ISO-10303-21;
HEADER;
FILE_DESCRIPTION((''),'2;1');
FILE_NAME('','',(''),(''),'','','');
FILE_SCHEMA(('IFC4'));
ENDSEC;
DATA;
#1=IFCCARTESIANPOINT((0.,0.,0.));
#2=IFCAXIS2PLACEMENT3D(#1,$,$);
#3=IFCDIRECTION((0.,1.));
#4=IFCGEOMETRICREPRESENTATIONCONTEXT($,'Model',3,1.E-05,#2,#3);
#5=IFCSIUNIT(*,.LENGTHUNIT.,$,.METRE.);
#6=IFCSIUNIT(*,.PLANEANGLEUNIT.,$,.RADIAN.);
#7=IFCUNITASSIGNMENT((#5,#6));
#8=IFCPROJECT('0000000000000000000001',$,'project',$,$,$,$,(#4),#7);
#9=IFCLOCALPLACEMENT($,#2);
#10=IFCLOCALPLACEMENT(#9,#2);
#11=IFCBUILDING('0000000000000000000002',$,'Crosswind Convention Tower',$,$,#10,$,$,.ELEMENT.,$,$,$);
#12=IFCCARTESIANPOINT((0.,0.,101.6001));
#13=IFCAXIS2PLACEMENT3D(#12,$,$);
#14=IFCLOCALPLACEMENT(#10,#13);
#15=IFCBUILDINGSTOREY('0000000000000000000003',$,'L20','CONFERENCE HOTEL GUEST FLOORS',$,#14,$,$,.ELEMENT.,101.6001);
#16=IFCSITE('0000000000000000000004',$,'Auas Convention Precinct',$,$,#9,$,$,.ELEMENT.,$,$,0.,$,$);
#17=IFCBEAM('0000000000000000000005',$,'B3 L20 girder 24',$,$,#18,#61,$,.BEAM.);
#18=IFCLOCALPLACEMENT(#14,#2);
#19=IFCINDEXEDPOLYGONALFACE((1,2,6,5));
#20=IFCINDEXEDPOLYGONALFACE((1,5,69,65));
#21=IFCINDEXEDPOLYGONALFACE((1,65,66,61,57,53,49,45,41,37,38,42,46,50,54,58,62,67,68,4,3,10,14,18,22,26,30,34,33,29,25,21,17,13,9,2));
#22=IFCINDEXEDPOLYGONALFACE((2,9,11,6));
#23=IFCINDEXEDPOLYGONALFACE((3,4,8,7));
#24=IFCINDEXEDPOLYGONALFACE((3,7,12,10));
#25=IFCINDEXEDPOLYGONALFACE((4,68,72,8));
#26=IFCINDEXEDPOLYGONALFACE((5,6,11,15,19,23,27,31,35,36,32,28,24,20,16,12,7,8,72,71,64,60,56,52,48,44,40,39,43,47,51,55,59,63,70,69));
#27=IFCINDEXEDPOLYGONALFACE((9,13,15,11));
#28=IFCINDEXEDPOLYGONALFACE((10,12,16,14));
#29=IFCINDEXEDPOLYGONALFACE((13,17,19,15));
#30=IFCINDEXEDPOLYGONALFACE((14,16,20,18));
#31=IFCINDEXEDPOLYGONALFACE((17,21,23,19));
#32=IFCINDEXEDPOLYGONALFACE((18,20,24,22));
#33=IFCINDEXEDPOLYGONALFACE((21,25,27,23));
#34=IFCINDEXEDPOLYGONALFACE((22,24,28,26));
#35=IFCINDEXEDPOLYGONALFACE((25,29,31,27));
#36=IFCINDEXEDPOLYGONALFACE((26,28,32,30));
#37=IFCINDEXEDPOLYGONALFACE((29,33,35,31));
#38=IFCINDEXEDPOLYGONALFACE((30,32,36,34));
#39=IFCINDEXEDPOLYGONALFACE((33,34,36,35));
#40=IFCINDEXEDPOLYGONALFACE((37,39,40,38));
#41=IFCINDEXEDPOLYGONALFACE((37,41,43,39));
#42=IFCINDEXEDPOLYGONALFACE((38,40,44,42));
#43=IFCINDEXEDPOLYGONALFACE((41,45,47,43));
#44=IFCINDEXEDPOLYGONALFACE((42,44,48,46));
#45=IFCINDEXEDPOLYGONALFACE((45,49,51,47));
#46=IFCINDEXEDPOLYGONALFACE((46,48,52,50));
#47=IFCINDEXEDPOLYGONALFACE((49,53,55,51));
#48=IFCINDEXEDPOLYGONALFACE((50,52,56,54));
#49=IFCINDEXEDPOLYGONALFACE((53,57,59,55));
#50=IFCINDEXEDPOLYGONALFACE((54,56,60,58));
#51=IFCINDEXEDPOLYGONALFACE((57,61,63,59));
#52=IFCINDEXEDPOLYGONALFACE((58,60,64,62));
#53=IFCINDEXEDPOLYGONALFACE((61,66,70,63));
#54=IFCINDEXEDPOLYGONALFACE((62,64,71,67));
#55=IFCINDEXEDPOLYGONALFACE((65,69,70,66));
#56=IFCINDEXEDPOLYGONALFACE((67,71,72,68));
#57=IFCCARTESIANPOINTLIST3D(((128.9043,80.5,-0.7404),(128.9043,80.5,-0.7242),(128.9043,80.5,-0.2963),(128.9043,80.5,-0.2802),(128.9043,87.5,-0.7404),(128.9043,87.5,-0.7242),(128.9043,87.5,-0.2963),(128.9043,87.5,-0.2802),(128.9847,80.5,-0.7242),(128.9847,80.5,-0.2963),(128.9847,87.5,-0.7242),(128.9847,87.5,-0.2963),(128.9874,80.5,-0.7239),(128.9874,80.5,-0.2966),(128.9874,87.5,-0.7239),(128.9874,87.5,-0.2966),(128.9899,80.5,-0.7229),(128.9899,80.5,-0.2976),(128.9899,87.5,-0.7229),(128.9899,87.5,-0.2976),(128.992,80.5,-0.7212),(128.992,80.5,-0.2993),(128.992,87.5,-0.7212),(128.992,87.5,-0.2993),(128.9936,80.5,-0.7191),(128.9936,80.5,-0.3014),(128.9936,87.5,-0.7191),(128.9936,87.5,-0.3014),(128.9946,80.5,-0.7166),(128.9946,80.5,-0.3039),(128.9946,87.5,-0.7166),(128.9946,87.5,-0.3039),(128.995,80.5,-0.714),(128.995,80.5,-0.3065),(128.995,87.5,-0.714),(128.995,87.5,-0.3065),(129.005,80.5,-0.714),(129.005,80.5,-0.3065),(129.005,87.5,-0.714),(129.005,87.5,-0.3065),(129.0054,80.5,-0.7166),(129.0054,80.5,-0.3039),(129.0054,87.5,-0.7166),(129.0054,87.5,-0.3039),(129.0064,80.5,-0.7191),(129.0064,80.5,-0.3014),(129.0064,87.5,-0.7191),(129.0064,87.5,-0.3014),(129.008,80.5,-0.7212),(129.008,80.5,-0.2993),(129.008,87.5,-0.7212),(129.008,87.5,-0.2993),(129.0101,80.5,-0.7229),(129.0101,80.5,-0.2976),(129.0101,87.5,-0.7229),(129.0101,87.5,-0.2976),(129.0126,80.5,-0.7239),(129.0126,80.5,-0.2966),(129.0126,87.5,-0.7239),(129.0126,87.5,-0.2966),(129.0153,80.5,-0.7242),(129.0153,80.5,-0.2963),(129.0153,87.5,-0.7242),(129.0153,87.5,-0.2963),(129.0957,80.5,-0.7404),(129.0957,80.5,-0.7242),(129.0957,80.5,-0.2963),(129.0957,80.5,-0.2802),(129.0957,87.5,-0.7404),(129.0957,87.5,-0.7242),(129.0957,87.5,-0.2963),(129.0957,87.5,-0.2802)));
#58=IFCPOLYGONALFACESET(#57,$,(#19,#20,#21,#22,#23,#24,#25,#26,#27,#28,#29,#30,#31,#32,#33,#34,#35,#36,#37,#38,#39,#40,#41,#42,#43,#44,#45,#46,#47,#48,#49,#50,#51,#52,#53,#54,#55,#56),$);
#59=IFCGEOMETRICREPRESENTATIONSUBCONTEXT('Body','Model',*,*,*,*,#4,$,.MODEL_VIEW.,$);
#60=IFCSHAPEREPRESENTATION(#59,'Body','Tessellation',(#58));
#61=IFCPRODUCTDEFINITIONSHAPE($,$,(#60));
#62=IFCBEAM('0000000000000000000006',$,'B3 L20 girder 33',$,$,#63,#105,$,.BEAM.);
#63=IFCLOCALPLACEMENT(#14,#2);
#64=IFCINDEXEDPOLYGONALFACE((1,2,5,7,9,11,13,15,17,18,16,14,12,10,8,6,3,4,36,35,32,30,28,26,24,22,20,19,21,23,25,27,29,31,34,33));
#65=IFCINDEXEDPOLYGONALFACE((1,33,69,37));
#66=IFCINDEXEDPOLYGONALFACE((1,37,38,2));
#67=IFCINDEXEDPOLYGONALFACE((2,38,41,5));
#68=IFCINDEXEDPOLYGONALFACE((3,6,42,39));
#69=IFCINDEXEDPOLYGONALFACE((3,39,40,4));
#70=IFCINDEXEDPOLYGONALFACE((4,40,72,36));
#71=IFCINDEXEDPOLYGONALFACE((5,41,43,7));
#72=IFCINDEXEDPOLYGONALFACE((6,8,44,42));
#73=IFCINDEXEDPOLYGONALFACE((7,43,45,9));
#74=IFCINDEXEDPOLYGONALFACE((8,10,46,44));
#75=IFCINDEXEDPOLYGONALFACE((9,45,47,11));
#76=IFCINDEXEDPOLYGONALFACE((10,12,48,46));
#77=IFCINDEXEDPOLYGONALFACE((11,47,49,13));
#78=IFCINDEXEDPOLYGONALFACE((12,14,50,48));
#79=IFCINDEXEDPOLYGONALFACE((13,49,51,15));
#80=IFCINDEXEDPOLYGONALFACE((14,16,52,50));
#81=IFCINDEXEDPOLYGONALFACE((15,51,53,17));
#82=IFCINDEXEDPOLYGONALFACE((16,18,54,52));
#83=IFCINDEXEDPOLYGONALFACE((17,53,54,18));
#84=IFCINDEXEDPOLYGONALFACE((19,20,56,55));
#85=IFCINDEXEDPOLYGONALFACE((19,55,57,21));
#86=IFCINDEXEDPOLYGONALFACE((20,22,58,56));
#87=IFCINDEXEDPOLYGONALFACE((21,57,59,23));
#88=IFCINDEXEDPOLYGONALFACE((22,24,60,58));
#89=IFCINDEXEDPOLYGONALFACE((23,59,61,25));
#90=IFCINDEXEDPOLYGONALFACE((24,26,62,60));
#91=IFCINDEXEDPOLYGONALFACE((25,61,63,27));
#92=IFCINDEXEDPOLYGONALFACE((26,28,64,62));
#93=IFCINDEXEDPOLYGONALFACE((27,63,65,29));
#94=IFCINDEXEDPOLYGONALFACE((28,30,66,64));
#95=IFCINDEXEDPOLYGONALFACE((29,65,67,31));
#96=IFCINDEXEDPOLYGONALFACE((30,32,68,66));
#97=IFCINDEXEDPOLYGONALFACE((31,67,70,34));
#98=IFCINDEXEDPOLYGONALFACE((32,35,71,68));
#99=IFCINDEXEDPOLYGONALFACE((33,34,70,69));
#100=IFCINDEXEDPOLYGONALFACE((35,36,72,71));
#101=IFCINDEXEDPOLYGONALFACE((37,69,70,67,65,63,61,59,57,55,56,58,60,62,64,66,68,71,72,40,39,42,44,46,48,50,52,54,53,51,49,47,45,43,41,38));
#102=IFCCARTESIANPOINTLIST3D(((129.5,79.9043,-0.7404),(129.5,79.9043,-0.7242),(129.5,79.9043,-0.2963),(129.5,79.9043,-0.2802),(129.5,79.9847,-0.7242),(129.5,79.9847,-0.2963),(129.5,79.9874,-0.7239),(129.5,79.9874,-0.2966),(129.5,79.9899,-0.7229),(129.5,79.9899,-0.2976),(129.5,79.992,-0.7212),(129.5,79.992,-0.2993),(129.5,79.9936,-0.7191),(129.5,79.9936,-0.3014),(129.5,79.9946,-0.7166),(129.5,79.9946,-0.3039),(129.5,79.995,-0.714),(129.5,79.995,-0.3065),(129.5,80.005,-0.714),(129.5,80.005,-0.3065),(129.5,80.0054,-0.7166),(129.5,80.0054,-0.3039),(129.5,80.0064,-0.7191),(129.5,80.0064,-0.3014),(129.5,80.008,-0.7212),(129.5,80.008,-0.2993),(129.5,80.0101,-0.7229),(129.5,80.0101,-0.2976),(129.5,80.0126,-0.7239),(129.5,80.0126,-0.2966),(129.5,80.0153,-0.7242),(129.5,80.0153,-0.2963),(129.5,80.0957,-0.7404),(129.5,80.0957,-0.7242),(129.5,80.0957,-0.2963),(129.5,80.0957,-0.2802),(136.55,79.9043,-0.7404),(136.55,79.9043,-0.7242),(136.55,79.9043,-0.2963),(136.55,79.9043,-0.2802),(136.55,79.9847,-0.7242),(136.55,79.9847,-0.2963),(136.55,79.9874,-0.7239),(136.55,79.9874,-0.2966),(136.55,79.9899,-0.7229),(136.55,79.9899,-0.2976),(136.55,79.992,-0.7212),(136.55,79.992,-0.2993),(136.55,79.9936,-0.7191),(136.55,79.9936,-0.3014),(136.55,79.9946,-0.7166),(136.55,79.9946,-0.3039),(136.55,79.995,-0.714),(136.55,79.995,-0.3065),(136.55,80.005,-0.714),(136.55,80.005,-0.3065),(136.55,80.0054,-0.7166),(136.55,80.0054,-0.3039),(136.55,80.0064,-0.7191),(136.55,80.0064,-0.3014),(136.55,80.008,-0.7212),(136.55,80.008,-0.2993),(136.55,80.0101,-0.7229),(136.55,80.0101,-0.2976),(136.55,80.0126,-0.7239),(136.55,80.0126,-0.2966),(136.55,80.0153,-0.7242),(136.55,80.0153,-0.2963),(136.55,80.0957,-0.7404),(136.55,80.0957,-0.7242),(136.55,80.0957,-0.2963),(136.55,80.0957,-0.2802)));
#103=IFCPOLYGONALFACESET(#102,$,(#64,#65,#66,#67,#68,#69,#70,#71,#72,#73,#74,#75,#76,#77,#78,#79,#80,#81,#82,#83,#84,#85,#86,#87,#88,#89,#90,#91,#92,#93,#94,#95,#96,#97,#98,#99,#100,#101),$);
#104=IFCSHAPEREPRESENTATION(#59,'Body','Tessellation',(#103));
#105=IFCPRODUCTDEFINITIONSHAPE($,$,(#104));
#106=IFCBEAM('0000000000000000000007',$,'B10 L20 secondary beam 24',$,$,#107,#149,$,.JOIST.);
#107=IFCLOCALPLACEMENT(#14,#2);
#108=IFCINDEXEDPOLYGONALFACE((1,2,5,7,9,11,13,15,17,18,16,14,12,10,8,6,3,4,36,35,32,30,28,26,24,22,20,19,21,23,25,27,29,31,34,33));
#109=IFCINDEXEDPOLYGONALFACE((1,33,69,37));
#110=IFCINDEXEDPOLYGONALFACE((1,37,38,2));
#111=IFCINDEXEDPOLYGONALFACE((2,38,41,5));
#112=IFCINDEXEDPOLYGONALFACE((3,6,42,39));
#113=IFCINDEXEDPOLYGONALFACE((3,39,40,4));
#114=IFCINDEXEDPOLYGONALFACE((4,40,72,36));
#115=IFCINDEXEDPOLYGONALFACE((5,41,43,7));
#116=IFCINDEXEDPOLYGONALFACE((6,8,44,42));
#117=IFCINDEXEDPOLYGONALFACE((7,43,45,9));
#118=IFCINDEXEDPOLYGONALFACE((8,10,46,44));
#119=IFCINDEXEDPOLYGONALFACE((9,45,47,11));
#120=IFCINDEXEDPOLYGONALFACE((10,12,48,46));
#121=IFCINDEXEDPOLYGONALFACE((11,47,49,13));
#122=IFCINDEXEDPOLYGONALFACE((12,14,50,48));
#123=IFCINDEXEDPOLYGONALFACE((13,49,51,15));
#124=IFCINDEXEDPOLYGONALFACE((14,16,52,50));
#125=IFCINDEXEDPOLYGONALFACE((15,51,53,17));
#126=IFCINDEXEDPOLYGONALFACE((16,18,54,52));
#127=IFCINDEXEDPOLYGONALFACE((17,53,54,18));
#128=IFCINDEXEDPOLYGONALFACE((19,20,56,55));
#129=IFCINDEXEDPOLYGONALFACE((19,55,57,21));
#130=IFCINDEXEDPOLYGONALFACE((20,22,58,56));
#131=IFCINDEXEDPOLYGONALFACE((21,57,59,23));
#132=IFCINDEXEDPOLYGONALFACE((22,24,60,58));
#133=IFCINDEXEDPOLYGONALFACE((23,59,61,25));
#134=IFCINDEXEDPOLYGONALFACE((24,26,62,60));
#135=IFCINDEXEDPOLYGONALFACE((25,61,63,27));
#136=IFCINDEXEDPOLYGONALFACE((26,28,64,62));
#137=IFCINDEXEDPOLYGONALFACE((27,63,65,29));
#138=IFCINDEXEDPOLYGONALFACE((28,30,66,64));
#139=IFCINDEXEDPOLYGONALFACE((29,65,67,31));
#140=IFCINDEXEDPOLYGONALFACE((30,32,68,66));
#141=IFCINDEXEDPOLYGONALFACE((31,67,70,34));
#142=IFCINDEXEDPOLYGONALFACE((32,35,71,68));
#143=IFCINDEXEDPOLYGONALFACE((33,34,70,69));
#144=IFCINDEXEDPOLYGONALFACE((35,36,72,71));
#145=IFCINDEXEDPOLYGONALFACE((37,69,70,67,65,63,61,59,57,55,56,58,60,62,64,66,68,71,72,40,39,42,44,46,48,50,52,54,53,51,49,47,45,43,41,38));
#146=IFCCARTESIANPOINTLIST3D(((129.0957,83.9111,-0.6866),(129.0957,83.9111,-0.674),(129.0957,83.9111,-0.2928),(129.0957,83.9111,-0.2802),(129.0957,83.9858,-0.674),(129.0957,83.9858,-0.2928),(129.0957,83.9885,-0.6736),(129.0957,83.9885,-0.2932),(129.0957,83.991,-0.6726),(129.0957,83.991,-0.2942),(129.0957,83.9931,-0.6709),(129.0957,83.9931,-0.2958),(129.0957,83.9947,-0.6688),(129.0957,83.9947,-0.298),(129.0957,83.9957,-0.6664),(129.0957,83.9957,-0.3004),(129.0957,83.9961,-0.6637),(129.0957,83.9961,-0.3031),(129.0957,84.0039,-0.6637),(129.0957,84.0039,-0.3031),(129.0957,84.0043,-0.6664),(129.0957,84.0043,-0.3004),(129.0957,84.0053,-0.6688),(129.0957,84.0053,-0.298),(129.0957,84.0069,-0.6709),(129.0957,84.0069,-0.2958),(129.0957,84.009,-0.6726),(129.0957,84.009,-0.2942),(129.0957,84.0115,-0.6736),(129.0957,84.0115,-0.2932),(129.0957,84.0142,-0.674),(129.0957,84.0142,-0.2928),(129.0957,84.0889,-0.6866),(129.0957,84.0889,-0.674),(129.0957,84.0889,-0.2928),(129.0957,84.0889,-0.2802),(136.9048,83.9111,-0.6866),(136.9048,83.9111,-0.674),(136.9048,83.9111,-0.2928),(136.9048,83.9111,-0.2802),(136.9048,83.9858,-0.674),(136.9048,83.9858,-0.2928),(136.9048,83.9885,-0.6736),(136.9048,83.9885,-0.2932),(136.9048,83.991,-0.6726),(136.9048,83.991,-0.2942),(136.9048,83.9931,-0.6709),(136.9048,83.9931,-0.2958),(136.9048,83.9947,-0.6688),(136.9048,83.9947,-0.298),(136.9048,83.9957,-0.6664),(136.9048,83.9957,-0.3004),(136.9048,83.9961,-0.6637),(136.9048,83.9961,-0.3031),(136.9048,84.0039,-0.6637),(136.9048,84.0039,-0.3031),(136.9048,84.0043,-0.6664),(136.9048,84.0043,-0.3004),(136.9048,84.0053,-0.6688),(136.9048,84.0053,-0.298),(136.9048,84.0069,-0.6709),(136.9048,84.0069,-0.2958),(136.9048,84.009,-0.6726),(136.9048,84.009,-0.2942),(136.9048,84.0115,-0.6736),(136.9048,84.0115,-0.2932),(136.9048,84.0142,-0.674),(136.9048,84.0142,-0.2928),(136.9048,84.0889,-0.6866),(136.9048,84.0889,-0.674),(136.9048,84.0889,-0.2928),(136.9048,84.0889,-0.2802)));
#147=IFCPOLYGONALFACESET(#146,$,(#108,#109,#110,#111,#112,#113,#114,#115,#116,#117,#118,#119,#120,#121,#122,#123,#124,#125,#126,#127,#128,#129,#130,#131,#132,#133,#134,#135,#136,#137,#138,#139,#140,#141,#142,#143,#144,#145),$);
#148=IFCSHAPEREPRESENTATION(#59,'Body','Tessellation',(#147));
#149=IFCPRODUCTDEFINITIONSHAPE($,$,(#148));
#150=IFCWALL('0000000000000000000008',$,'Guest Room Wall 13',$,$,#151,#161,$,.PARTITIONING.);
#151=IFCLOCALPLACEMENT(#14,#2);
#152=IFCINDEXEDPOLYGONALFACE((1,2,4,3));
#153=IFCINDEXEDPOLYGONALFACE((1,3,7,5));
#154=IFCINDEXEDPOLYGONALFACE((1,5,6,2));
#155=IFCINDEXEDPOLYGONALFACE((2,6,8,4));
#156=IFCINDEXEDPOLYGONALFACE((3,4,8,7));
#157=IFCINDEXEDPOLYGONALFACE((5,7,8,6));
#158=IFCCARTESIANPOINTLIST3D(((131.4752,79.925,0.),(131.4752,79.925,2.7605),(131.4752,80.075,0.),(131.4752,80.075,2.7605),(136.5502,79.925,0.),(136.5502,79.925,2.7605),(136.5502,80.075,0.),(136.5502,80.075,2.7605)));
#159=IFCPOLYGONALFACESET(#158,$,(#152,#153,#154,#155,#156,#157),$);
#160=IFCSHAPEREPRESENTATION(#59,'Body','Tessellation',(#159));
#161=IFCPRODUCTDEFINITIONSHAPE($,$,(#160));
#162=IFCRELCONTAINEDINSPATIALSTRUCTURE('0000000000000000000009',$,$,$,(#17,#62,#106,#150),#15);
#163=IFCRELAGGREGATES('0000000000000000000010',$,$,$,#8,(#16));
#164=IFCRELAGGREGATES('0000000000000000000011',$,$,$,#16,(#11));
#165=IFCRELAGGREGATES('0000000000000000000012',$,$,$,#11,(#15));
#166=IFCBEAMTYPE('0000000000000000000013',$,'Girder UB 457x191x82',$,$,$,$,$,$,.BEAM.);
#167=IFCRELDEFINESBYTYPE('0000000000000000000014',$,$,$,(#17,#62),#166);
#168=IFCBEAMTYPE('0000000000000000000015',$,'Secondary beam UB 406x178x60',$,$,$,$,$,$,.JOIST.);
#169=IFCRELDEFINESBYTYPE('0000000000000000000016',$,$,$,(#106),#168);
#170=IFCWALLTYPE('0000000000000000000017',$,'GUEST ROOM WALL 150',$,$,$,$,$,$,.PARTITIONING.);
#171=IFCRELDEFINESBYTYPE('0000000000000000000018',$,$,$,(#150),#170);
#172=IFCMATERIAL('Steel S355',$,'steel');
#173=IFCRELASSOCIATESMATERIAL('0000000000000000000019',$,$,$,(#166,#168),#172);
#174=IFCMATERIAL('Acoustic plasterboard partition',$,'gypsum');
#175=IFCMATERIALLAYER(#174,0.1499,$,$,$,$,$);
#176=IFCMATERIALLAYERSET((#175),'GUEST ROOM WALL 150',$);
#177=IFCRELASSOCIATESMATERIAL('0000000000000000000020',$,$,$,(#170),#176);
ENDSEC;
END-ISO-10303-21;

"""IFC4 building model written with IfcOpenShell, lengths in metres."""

from ifc_helpers import new_model, si_unit, direction, frame, frame_2d, origin, origin_2d, place, context, subcontext, project, spatial, rectangle, i_section, extrude, material, layer, layer_set, material_profile, profile_set, type_object, element, save


model = new_model("IFC4")

# Units and contexts
model_context = context("Model", 3, precision=1e-05, world=origin(), true_north=direction((0.0, 1.0)))
body_context = subcontext(model_context, "Body", "Model", "MODEL_VIEW")
ifc_project = project(units=[si_unit("LENGTHUNIT", "METRE"), si_unit("PLANEANGLEUNIT", "RADIAN")], contexts=[model_context])

# Site, building, storey
site_placement = place(None, origin())
site = spatial("IfcSite", under=ifc_project, at=site_placement, Name="Auas Convention Precinct", CompositionType="ELEMENT", RefElevation=0.0)
building_placement = place(site_placement, origin())
building = spatial("IfcBuilding", under=site, at=building_placement, Name="Crosswind Convention Tower", CompositionType="ELEMENT")
storey_placement = place(building_placement, frame((0.0, 0.0, 101.6001)))
storey = spatial("IfcBuildingStorey", under=building, at=storey_placement, Name="L20", Description="CONFERENCE HOTEL GUEST FLOORS", CompositionType="ELEMENT", Elevation=101.6001)

# Beams
ifc_material_1 = material(Name="Steel S355", Category="steel")
ifc_material_profile_1 = material_profile(ifc_material_1, i_section(OverallWidth=0.1914, OverallDepth=0.4602, WebThickness=0.01, FlangeThickness=0.0161, FilletRadius=0.0103, at=origin_2d()), Name="UB 457x191x82")
ifc_profile_set_1 = profile_set([ifc_material_profile_1], Name="Steel S355")
beam_type_1 = type_object("IfcBeamType", Name="Girder UB 457x191x82", PredefinedType="BEAM", material=ifc_profile_set_1)
for number, where, z_axis, x_axis, name in (
    (1, (129.0, 80.5, -0.5103), (0.0, 1.0, 0.0), (-1.0, 0.0, 0.0), "B3 L20 girder 24"),
):
    element("IfcBeam", number, at=place(storey_placement, frame(where, z_axis=z_axis, x_axis=x_axis)), inside=storey, type_object=beam_type_1, Name=name, PredefinedType="BEAM", context=body_context, shape_type="SweptSolid", body=[
        extrude(i_section(OverallWidth=0.1914, OverallDepth=0.4602, WebThickness=0.01, FlangeThickness=0.0161, FilletRadius=0.0103, at=origin_2d()), origin(), (0.0, 0.0, 1.0), 7.0),
    ])
beam_1_placement = place(storey_placement, frame((129.5, 80.0, -0.5103), z_axis=(1.0, 0.0, 0.0), x_axis=(0.0, 1.0, 0.0)))
element("IfcBeam", 2, at=beam_1_placement, inside=storey, type_object=beam_type_1, Name="B3 L20 girder 33", PredefinedType="BEAM", context=body_context, shape_type="SweptSolid", body=[
    extrude(i_section(OverallWidth=0.1914, OverallDepth=0.4602, WebThickness=0.01, FlangeThickness=0.0161, FilletRadius=0.0103, at=origin_2d()), origin(), (0.0, 0.0, 1.0), 7.05),
])
ifc_material_profile_2 = material_profile(ifc_material_1, i_section(OverallWidth=0.1777, OverallDepth=0.4065, WebThickness=0.0078, FlangeThickness=0.0127, FilletRadius=0.0103, at=origin_2d()), Name="UB 406x178x60")
ifc_profile_set_2 = profile_set([ifc_material_profile_2], Name="Steel S355")
beam_type_2 = type_object("IfcBeamType", Name="Secondary beam UB 406x178x60", PredefinedType="JOIST", material=ifc_profile_set_2)
beam_2_placement = place(storey_placement, frame((129.0957, 84.0, -0.4834), z_axis=(1.0, 0.0, 0.0), x_axis=(0.0, 1.0, 0.0)))
element("IfcBeam", 3, at=beam_2_placement, inside=storey, type_object=beam_type_2, Name="B10 L20 secondary beam 24", PredefinedType="JOIST", context=body_context, shape_type="SweptSolid", body=[
    extrude(i_section(OverallWidth=0.1777, OverallDepth=0.4065, WebThickness=0.0078, FlangeThickness=0.0127, FilletRadius=0.0103, at=origin_2d()), origin(), (0.0, 0.0, 1.0), 7.8091),
])

# Wall
ifc_material_2 = material(Name="Acoustic plasterboard partition", Category="gypsum")
ifc_layer_1 = layer(ifc_material_2, 0.1499)
ifc_layer_set_1 = layer_set([ifc_layer_1], Name="GUEST ROOM WALL 150")
wall_type_1 = type_object("IfcWallType", Name="GUEST ROOM WALL 150", PredefinedType="PARTITIONING", material=ifc_layer_set_1)
wall_1_placement = place(storey_placement, frame((131.4751, 80.0, 0.0), z_axis=(0.0, 0.0, 1.0), x_axis=(1.0, 0.0, 0.0)))
element("IfcWall", 4, at=wall_1_placement, inside=storey, type_object=wall_type_1, Name="Guest Room Wall 13", PredefinedType="PARTITIONING", context=body_context, shape_type="SweptSolid", body=[
    extrude(rectangle(XDim=5.075, YDim=0.1499, at=frame_2d((2.5376, 0.0))), origin(), (0.0, 0.0, 1.0), 2.7605),
])

save(model, "model.ifc")
